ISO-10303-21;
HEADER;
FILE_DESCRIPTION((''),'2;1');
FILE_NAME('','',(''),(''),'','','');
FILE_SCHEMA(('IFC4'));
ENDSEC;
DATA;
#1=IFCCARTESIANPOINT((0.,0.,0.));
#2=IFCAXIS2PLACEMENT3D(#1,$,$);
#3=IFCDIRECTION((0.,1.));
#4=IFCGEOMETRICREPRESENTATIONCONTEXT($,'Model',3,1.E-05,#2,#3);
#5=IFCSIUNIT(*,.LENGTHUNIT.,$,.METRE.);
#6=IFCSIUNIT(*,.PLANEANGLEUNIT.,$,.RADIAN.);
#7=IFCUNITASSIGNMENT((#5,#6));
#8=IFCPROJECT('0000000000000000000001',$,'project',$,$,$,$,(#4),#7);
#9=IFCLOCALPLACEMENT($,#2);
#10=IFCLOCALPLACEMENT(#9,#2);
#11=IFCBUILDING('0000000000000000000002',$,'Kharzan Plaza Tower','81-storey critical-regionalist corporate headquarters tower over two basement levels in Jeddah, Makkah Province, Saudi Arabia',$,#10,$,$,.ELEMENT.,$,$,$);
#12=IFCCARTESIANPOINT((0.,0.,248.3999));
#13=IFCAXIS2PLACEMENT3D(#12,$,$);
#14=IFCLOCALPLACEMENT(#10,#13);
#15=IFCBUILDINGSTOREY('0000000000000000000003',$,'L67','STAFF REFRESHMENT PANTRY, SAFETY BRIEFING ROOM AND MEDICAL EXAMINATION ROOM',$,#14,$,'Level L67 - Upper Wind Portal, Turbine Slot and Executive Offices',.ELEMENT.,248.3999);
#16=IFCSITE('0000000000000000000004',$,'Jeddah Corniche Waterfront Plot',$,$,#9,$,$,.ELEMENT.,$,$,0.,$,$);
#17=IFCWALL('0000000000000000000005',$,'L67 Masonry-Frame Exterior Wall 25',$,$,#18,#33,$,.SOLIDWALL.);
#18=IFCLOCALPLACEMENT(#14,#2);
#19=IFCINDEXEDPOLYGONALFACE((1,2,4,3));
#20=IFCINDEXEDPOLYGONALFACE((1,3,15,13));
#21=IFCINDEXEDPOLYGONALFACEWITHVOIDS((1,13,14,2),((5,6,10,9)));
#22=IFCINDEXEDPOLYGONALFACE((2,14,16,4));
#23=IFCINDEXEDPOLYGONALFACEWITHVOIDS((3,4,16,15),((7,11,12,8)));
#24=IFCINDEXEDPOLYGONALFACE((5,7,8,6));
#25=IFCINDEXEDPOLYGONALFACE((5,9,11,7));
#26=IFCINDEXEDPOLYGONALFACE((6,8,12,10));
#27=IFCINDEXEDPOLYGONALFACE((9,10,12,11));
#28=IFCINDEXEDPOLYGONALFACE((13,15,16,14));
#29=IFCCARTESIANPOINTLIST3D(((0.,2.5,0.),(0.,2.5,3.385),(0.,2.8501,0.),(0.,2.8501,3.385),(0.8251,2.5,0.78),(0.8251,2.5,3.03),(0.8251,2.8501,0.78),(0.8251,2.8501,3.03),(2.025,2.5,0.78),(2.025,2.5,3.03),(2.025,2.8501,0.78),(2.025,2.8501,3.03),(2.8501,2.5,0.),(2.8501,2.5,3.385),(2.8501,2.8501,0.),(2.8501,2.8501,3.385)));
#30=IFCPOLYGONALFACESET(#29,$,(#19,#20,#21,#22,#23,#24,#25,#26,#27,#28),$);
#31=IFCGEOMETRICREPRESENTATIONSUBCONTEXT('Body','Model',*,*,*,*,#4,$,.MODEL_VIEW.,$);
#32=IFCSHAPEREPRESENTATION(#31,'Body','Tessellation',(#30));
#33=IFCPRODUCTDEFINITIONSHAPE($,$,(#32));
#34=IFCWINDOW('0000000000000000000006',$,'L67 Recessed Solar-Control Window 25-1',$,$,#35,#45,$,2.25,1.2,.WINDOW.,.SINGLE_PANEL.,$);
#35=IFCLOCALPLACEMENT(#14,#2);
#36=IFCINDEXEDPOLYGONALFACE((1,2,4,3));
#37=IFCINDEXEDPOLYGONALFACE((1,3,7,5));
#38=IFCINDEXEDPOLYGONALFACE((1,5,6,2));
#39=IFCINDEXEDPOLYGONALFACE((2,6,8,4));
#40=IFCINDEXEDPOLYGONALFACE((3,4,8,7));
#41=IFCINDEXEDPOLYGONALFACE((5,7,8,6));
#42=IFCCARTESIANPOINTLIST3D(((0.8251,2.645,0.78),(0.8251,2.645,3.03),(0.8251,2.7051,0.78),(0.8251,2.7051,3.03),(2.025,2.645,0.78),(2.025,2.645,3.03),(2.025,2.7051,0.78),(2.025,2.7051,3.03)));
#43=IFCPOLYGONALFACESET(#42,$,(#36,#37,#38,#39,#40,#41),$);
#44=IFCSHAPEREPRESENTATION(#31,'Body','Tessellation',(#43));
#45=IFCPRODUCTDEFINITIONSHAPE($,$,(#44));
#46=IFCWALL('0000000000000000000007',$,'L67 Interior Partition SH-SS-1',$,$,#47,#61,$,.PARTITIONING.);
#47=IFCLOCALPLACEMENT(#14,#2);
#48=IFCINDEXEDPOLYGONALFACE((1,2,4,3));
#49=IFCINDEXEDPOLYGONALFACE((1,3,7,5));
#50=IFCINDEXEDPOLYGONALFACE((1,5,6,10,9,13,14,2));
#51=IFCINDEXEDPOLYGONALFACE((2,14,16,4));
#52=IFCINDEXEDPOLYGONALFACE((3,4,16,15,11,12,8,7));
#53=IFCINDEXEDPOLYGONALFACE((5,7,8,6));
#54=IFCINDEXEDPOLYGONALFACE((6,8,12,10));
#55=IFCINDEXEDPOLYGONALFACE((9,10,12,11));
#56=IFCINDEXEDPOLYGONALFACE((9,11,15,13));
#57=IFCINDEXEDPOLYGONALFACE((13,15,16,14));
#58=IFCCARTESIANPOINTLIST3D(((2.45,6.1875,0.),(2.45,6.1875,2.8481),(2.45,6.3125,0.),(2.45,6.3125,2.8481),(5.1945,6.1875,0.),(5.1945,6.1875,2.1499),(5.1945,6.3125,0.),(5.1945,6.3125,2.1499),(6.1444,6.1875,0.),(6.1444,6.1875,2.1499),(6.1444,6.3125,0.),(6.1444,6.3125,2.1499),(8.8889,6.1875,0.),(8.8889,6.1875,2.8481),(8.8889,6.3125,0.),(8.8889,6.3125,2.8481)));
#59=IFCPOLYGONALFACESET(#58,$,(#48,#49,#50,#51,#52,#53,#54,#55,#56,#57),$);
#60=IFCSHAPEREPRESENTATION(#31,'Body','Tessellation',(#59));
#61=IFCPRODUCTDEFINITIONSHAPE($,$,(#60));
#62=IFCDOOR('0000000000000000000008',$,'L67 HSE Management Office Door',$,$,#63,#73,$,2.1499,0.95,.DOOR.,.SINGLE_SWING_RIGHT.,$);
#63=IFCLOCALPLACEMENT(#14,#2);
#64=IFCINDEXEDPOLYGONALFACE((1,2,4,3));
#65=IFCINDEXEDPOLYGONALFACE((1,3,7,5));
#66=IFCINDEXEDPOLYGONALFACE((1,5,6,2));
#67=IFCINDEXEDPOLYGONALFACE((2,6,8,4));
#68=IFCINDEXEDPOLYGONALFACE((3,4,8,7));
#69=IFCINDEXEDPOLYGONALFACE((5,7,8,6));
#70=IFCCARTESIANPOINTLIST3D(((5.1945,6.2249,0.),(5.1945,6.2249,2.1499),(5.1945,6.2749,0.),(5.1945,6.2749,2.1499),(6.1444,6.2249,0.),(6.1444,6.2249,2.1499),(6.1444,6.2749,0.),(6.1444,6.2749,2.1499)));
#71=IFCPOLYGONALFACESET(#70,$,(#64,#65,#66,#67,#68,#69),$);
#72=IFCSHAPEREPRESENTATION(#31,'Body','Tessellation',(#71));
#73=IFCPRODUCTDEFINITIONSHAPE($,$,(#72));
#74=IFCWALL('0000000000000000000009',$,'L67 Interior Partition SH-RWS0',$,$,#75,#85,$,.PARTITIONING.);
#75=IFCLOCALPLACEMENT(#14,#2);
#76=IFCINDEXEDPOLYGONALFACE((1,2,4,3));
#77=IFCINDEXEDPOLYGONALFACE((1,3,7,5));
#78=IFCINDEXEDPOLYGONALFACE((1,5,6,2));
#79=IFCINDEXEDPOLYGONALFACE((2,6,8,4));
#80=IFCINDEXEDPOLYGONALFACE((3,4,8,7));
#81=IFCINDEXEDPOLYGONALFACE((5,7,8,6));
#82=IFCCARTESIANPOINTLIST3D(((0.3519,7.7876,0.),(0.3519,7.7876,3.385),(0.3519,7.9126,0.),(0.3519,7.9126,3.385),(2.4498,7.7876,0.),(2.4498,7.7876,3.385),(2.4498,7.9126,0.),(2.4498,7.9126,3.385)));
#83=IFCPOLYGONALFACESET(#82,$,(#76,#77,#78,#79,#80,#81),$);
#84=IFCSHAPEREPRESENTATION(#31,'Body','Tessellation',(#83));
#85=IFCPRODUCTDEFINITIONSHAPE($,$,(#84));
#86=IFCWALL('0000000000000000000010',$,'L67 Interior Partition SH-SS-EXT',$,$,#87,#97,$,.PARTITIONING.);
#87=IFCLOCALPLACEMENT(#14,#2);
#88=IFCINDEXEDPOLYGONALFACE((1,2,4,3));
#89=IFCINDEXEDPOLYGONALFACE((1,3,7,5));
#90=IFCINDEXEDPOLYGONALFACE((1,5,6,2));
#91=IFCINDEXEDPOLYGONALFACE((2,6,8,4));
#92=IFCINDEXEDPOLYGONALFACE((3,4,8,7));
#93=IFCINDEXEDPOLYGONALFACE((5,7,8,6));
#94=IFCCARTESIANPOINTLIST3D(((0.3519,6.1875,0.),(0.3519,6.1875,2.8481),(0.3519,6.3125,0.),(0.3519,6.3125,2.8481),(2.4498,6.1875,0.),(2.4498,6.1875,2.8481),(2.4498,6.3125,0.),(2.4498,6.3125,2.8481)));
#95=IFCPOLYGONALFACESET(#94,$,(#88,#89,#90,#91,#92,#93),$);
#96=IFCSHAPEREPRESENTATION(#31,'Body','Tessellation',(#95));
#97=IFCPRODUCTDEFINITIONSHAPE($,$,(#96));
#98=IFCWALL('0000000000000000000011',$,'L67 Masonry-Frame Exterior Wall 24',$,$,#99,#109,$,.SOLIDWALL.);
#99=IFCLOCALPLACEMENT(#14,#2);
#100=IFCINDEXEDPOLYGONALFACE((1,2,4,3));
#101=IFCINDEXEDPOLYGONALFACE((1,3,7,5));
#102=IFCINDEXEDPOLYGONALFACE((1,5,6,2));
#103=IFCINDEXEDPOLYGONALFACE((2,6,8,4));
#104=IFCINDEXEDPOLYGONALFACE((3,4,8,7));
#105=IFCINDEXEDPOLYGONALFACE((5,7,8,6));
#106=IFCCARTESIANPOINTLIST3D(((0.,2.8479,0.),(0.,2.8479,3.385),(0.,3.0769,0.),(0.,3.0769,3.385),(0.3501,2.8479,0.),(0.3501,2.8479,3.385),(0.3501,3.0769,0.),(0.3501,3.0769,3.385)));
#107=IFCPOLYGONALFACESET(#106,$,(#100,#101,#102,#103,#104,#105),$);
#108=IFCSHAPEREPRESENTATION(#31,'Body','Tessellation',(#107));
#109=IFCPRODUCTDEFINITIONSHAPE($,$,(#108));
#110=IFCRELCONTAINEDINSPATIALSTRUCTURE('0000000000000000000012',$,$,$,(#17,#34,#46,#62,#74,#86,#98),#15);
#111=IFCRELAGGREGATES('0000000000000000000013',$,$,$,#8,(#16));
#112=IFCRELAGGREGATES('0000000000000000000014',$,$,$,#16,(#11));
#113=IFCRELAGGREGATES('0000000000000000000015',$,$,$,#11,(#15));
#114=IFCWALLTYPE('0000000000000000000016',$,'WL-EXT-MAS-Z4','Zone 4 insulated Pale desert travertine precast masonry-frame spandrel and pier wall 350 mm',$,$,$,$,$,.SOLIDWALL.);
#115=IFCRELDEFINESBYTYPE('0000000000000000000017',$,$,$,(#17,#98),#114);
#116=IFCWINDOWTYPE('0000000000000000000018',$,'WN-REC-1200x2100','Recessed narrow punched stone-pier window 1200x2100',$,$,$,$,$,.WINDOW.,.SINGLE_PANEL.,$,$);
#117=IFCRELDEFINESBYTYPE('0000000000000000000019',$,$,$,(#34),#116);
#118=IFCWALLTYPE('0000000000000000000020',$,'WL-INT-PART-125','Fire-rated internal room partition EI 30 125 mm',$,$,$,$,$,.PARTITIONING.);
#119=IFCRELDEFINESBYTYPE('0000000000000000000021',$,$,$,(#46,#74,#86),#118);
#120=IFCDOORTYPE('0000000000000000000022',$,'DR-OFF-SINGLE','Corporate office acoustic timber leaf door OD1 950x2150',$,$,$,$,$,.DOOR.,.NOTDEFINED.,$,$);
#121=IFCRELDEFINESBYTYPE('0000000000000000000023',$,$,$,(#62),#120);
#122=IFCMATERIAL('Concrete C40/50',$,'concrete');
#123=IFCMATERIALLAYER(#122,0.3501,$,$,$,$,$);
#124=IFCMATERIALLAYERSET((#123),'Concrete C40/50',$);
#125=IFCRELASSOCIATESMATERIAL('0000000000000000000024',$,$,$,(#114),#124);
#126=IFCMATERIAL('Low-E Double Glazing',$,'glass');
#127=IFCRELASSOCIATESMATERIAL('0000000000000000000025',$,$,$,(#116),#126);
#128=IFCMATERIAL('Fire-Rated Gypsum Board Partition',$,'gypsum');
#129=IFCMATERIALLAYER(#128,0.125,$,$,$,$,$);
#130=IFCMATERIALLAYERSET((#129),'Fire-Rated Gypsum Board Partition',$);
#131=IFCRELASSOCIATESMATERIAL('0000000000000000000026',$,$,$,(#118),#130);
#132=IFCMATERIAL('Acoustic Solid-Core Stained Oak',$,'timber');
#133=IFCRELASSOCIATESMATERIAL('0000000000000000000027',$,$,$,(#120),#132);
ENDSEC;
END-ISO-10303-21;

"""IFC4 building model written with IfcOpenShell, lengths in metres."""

from ifc_helpers import new_model, si_unit, direction, frame, frame_2d, origin, place, context, subcontext, project, spatial, rectangle, extrude, source, transform, mapped, material, layer, layer_set, type_object, element, fill, save


model = new_model("IFC4")

# Units and contexts
model_context = context("Model", 3, precision=1e-05, world=origin(), true_north=direction((0.0, 1.0)))
body_context = subcontext(model_context, "Body", "Model", "MODEL_VIEW")
ifc_project = project(units=[si_unit("LENGTHUNIT", "METRE"), si_unit("PLANEANGLEUNIT", "RADIAN")], contexts=[model_context])

# Site, building, storey
site_placement = place(None, origin())
site = spatial("IfcSite", under=ifc_project, at=site_placement, Name="Jeddah Corniche Waterfront Plot", CompositionType="ELEMENT", RefElevation=0.0)
building_placement = place(site_placement, origin())
building = spatial("IfcBuilding", under=site, at=building_placement, Name="Kharzan Plaza Tower", Description="81-storey critical-regionalist corporate headquarters tower over two basement levels in Jeddah, Makkah Province, Saudi Arabia", CompositionType="ELEMENT")
storey_placement = place(building_placement, frame((0.0, 0.0, 248.3999)))
storey = spatial("IfcBuildingStorey", under=building, at=storey_placement, Name="L67", Description="STAFF REFRESHMENT PANTRY, SAFETY BRIEFING ROOM AND MEDICAL EXAMINATION ROOM", LongName="Level L67 - Upper Wind Portal, Turbine Slot and Executive Offices", CompositionType="ELEMENT", Elevation=248.3999)

# Shared definitions
ifc_material_1 = material(Name="Concrete C40/50", Category="concrete")

# Wall, opening, window
ifc_layer_1 = layer(ifc_material_1, 0.3501)
ifc_layer_set_1 = layer_set([ifc_layer_1], Name="Concrete C40/50")
wall_type_1 = type_object("IfcWallType", Name="WL-EXT-MAS-Z4", Description="Zone 4 insulated Pale desert travertine precast masonry-frame spandrel and pier wall 350 mm", PredefinedType="SOLIDWALL", material=ifc_layer_set_1)
ifc_material_2 = material(Name="Low-E Double Glazing", Category="glass")
window_type = type_object("IfcWindowType", Name="WN-REC-1200x2100", Description="Recessed narrow punched stone-pier window 1200x2100", PartitioningType="SINGLE_PANEL", PredefinedType="WINDOW", material=ifc_material_2)
shared_shape_1 = source(origin(), body_context, "Body", "SweptSolid", [
    extrude(rectangle(XDim=1.2, YDim=2.25, at=frame_2d((0.6001, 1.125))), frame((0.0, 0.03, 0.0), z_axis=(0.0, -1.0, 0.0), x_axis=(1.0, 0.0, 0.0)), (0.0, 0.0, 1.0), 0.0601),
])
wall_1_placement = place(storey_placement, frame((0.0, 2.675, 0.0), z_axis=(0.0, 0.0, 1.0), x_axis=(1.0, 0.0, 0.0)))
wall_1 = element("IfcWall", 1, at=wall_1_placement, inside=storey, type_object=wall_type_1, Name="L67 Masonry-Frame Exterior Wall 25", PredefinedType="SOLIDWALL", context=body_context, shape_type="SweptSolid", body=[
    extrude(rectangle(XDim=2.8501, YDim=0.3501, at=frame_2d((1.425, 0.0))), origin(), (0.0, 0.0, 1.0), 3.385),
])
opening_1_placement = place(wall_1_placement, frame((0.825, 0.0, 0.78)))
opening_1 = element("IfcOpeningElement", 2, at=opening_1_placement, cuts=wall_1, PredefinedType="OPENING", context=body_context, shape_type="SweptSolid", body=[
    extrude(rectangle(XDim=1.2, YDim=2.25, at=frame_2d((0.6001, 1.125))), frame((0.0, 0.1851, 0.0), z_axis=(0.0, -1.0, 0.0), x_axis=(1.0, 0.0, 0.0)), (0.0, 0.0, 1.0), 0.3701),
])
window_1_placement = place(opening_1_placement, origin())
window_1 = element("IfcWindow", 3, at=window_1_placement, inside=storey, type_object=window_type, Name="L67 Recessed Solar-Control Window 25-1", OverallHeight=2.25, OverallWidth=1.2, PartitioningType="SINGLE_PANEL", PredefinedType="WINDOW", context=body_context, shape_type="MappedRepresentation", body=[
    mapped(shared_shape_1, transform((0.0, 0.0, 0.0), x_axis=(1.0, 0.0, 0.0), y_axis=(0.0, 1.0, 0.0), z_axis=(0.0, 0.0, 1.0))),
])
fill(opening_1, window_1)

# Wall, opening, door
ifc_material_3 = material(Name="Fire-Rated Gypsum Board Partition", Category="gypsum")
ifc_layer_2 = layer(ifc_material_3, 0.125)
ifc_layer_set_2 = layer_set([ifc_layer_2], Name="Fire-Rated Gypsum Board Partition")
wall_type_2 = type_object("IfcWallType", Name="WL-INT-PART-125", Description="Fire-rated internal room partition EI 30 125 mm", PredefinedType="PARTITIONING", material=ifc_layer_set_2)
ifc_material_4 = material(Name="Acoustic Solid-Core Stained Oak", Category="timber")
door_type = type_object("IfcDoorType", Name="DR-OFF-SINGLE", Description="Corporate office acoustic timber leaf door OD1 950x2150", OperationType="NOTDEFINED", PredefinedType="DOOR", material=ifc_material_4)
shared_shape_2 = source(origin(), body_context, "Body", "SweptSolid", [
    extrude(rectangle(XDim=0.95, YDim=2.1499, at=frame_2d((0.4751, 1.075))), frame((0.0, 0.0249, 0.0), z_axis=(0.0, -1.0, 0.0), x_axis=(1.0, 0.0, 0.0)), (0.0, 0.0, 1.0), 0.05),
])
wall_2_placement = place(storey_placement, frame((2.45, 6.25, 0.0), z_axis=(0.0, 0.0, 1.0), x_axis=(1.0, 0.0, 0.0)))
wall_2 = element("IfcWall", 4, at=wall_2_placement, inside=storey, type_object=wall_type_2, Name="L67 Interior Partition SH-SS-1", PredefinedType="PARTITIONING", context=body_context, shape_type="SweptSolid", body=[
    extrude(rectangle(XDim=6.439, YDim=0.125, at=frame_2d((3.2195, 0.0))), origin(), (0.0, 0.0, 1.0), 2.8481),
])
opening_2_placement = place(wall_2_placement, frame((2.7444, 0.0, 0.0)))
opening_2 = element("IfcOpeningElement", 5, at=opening_2_placement, cuts=wall_2, PredefinedType="OPENING", context=body_context, shape_type="SweptSolid", body=[
    extrude(rectangle(XDim=0.95, YDim=2.1499, at=frame_2d((0.4751, 1.075))), frame((0.0, 0.0725, 0.0), z_axis=(0.0, -1.0, 0.0), x_axis=(1.0, 0.0, 0.0)), (0.0, 0.0, 1.0), 0.145),
])
door_1_placement = place(opening_2_placement, origin())
door_1 = element("IfcDoor", 6, at=door_1_placement, inside=storey, type_object=door_type, Name="L67 HSE Management Office Door", OperationType="SINGLE_SWING_RIGHT", OverallHeight=2.1499, OverallWidth=0.95, PredefinedType="DOOR", context=body_context, shape_type="MappedRepresentation", body=[
    mapped(shared_shape_2, transform((0.0, 0.0, 0.0), x_axis=(1.0, 0.0, 0.0), y_axis=(0.0, 1.0, 0.0), z_axis=(0.0, 0.0, 1.0))),
])
fill(opening_2, door_1)

# Walls
shared_shape_3 = source(origin(), body_context, "Body", "SweptSolid", [
    extrude(rectangle(XDim=2.0979, YDim=0.125, at=frame_2d((1.0488, 0.0))), origin(), (0.0, 0.0, 1.0), 3.385),
])
wall_3_placement = place(storey_placement, frame((0.3521, 7.8501, 0.0), z_axis=(0.0, 0.0, 1.0), x_axis=(1.0, 0.0, 0.0)))
element("IfcWall", 7, at=wall_3_placement, inside=storey, type_object=wall_type_2, Name="L67 Interior Partition SH-RWS0", PredefinedType="PARTITIONING", context=body_context, shape_type="MappedRepresentation", body=[
    mapped(shared_shape_3, transform((0.0, 0.0, 0.0), x_axis=(1.0, 0.0, 0.0), y_axis=(0.0, 1.0, 0.0), z_axis=(0.0, 0.0, 1.0))),
])
shared_shape_4 = source(origin(), body_context, "Body", "SweptSolid", [
    extrude(rectangle(XDim=2.0979, YDim=0.125, at=frame_2d((1.0488, 0.0))), origin(), (0.0, 0.0, 1.0), 2.8481),
])
wall_4_placement = place(storey_placement, frame((0.3521, 6.25, 0.0), z_axis=(0.0, 0.0, 1.0), x_axis=(1.0, 0.0, 0.0)))
element("IfcWall", 8, at=wall_4_placement, inside=storey, type_object=wall_type_2, Name="L67 Interior Partition SH-SS-EXT", PredefinedType="PARTITIONING", context=body_context, shape_type="MappedRepresentation", body=[
    mapped(shared_shape_4, transform((0.0, 0.0, 0.0), x_axis=(1.0, 0.0, 0.0), y_axis=(0.0, 1.0, 0.0), z_axis=(0.0, 0.0, 1.0))),
])
shared_shape_5 = source(origin(), body_context, "Body", "SweptSolid", [
    extrude(rectangle(XDim=0.229, YDim=0.3501, at=frame_2d((0.1145, 0.0))), origin(), (0.0, 0.0, 1.0), 3.385),
])
wall_5_placement = place(storey_placement, frame((0.175, 3.0769, 0.0), z_axis=(0.0, 0.0, 1.0), x_axis=(0.0, -1.0, 0.0)))
element("IfcWall", 9, at=wall_5_placement, inside=storey, type_object=wall_type_1, Name="L67 Masonry-Frame Exterior Wall 24", PredefinedType="SOLIDWALL", context=body_context, shape_type="MappedRepresentation", body=[
    mapped(shared_shape_5, transform((0.0, 0.0, 0.0), x_axis=(1.0, 0.0, 0.0), y_axis=(0.0, 1.0, 0.0), z_axis=(0.0, 0.0, 1.0))),
])

save(model, "model.ifc")
